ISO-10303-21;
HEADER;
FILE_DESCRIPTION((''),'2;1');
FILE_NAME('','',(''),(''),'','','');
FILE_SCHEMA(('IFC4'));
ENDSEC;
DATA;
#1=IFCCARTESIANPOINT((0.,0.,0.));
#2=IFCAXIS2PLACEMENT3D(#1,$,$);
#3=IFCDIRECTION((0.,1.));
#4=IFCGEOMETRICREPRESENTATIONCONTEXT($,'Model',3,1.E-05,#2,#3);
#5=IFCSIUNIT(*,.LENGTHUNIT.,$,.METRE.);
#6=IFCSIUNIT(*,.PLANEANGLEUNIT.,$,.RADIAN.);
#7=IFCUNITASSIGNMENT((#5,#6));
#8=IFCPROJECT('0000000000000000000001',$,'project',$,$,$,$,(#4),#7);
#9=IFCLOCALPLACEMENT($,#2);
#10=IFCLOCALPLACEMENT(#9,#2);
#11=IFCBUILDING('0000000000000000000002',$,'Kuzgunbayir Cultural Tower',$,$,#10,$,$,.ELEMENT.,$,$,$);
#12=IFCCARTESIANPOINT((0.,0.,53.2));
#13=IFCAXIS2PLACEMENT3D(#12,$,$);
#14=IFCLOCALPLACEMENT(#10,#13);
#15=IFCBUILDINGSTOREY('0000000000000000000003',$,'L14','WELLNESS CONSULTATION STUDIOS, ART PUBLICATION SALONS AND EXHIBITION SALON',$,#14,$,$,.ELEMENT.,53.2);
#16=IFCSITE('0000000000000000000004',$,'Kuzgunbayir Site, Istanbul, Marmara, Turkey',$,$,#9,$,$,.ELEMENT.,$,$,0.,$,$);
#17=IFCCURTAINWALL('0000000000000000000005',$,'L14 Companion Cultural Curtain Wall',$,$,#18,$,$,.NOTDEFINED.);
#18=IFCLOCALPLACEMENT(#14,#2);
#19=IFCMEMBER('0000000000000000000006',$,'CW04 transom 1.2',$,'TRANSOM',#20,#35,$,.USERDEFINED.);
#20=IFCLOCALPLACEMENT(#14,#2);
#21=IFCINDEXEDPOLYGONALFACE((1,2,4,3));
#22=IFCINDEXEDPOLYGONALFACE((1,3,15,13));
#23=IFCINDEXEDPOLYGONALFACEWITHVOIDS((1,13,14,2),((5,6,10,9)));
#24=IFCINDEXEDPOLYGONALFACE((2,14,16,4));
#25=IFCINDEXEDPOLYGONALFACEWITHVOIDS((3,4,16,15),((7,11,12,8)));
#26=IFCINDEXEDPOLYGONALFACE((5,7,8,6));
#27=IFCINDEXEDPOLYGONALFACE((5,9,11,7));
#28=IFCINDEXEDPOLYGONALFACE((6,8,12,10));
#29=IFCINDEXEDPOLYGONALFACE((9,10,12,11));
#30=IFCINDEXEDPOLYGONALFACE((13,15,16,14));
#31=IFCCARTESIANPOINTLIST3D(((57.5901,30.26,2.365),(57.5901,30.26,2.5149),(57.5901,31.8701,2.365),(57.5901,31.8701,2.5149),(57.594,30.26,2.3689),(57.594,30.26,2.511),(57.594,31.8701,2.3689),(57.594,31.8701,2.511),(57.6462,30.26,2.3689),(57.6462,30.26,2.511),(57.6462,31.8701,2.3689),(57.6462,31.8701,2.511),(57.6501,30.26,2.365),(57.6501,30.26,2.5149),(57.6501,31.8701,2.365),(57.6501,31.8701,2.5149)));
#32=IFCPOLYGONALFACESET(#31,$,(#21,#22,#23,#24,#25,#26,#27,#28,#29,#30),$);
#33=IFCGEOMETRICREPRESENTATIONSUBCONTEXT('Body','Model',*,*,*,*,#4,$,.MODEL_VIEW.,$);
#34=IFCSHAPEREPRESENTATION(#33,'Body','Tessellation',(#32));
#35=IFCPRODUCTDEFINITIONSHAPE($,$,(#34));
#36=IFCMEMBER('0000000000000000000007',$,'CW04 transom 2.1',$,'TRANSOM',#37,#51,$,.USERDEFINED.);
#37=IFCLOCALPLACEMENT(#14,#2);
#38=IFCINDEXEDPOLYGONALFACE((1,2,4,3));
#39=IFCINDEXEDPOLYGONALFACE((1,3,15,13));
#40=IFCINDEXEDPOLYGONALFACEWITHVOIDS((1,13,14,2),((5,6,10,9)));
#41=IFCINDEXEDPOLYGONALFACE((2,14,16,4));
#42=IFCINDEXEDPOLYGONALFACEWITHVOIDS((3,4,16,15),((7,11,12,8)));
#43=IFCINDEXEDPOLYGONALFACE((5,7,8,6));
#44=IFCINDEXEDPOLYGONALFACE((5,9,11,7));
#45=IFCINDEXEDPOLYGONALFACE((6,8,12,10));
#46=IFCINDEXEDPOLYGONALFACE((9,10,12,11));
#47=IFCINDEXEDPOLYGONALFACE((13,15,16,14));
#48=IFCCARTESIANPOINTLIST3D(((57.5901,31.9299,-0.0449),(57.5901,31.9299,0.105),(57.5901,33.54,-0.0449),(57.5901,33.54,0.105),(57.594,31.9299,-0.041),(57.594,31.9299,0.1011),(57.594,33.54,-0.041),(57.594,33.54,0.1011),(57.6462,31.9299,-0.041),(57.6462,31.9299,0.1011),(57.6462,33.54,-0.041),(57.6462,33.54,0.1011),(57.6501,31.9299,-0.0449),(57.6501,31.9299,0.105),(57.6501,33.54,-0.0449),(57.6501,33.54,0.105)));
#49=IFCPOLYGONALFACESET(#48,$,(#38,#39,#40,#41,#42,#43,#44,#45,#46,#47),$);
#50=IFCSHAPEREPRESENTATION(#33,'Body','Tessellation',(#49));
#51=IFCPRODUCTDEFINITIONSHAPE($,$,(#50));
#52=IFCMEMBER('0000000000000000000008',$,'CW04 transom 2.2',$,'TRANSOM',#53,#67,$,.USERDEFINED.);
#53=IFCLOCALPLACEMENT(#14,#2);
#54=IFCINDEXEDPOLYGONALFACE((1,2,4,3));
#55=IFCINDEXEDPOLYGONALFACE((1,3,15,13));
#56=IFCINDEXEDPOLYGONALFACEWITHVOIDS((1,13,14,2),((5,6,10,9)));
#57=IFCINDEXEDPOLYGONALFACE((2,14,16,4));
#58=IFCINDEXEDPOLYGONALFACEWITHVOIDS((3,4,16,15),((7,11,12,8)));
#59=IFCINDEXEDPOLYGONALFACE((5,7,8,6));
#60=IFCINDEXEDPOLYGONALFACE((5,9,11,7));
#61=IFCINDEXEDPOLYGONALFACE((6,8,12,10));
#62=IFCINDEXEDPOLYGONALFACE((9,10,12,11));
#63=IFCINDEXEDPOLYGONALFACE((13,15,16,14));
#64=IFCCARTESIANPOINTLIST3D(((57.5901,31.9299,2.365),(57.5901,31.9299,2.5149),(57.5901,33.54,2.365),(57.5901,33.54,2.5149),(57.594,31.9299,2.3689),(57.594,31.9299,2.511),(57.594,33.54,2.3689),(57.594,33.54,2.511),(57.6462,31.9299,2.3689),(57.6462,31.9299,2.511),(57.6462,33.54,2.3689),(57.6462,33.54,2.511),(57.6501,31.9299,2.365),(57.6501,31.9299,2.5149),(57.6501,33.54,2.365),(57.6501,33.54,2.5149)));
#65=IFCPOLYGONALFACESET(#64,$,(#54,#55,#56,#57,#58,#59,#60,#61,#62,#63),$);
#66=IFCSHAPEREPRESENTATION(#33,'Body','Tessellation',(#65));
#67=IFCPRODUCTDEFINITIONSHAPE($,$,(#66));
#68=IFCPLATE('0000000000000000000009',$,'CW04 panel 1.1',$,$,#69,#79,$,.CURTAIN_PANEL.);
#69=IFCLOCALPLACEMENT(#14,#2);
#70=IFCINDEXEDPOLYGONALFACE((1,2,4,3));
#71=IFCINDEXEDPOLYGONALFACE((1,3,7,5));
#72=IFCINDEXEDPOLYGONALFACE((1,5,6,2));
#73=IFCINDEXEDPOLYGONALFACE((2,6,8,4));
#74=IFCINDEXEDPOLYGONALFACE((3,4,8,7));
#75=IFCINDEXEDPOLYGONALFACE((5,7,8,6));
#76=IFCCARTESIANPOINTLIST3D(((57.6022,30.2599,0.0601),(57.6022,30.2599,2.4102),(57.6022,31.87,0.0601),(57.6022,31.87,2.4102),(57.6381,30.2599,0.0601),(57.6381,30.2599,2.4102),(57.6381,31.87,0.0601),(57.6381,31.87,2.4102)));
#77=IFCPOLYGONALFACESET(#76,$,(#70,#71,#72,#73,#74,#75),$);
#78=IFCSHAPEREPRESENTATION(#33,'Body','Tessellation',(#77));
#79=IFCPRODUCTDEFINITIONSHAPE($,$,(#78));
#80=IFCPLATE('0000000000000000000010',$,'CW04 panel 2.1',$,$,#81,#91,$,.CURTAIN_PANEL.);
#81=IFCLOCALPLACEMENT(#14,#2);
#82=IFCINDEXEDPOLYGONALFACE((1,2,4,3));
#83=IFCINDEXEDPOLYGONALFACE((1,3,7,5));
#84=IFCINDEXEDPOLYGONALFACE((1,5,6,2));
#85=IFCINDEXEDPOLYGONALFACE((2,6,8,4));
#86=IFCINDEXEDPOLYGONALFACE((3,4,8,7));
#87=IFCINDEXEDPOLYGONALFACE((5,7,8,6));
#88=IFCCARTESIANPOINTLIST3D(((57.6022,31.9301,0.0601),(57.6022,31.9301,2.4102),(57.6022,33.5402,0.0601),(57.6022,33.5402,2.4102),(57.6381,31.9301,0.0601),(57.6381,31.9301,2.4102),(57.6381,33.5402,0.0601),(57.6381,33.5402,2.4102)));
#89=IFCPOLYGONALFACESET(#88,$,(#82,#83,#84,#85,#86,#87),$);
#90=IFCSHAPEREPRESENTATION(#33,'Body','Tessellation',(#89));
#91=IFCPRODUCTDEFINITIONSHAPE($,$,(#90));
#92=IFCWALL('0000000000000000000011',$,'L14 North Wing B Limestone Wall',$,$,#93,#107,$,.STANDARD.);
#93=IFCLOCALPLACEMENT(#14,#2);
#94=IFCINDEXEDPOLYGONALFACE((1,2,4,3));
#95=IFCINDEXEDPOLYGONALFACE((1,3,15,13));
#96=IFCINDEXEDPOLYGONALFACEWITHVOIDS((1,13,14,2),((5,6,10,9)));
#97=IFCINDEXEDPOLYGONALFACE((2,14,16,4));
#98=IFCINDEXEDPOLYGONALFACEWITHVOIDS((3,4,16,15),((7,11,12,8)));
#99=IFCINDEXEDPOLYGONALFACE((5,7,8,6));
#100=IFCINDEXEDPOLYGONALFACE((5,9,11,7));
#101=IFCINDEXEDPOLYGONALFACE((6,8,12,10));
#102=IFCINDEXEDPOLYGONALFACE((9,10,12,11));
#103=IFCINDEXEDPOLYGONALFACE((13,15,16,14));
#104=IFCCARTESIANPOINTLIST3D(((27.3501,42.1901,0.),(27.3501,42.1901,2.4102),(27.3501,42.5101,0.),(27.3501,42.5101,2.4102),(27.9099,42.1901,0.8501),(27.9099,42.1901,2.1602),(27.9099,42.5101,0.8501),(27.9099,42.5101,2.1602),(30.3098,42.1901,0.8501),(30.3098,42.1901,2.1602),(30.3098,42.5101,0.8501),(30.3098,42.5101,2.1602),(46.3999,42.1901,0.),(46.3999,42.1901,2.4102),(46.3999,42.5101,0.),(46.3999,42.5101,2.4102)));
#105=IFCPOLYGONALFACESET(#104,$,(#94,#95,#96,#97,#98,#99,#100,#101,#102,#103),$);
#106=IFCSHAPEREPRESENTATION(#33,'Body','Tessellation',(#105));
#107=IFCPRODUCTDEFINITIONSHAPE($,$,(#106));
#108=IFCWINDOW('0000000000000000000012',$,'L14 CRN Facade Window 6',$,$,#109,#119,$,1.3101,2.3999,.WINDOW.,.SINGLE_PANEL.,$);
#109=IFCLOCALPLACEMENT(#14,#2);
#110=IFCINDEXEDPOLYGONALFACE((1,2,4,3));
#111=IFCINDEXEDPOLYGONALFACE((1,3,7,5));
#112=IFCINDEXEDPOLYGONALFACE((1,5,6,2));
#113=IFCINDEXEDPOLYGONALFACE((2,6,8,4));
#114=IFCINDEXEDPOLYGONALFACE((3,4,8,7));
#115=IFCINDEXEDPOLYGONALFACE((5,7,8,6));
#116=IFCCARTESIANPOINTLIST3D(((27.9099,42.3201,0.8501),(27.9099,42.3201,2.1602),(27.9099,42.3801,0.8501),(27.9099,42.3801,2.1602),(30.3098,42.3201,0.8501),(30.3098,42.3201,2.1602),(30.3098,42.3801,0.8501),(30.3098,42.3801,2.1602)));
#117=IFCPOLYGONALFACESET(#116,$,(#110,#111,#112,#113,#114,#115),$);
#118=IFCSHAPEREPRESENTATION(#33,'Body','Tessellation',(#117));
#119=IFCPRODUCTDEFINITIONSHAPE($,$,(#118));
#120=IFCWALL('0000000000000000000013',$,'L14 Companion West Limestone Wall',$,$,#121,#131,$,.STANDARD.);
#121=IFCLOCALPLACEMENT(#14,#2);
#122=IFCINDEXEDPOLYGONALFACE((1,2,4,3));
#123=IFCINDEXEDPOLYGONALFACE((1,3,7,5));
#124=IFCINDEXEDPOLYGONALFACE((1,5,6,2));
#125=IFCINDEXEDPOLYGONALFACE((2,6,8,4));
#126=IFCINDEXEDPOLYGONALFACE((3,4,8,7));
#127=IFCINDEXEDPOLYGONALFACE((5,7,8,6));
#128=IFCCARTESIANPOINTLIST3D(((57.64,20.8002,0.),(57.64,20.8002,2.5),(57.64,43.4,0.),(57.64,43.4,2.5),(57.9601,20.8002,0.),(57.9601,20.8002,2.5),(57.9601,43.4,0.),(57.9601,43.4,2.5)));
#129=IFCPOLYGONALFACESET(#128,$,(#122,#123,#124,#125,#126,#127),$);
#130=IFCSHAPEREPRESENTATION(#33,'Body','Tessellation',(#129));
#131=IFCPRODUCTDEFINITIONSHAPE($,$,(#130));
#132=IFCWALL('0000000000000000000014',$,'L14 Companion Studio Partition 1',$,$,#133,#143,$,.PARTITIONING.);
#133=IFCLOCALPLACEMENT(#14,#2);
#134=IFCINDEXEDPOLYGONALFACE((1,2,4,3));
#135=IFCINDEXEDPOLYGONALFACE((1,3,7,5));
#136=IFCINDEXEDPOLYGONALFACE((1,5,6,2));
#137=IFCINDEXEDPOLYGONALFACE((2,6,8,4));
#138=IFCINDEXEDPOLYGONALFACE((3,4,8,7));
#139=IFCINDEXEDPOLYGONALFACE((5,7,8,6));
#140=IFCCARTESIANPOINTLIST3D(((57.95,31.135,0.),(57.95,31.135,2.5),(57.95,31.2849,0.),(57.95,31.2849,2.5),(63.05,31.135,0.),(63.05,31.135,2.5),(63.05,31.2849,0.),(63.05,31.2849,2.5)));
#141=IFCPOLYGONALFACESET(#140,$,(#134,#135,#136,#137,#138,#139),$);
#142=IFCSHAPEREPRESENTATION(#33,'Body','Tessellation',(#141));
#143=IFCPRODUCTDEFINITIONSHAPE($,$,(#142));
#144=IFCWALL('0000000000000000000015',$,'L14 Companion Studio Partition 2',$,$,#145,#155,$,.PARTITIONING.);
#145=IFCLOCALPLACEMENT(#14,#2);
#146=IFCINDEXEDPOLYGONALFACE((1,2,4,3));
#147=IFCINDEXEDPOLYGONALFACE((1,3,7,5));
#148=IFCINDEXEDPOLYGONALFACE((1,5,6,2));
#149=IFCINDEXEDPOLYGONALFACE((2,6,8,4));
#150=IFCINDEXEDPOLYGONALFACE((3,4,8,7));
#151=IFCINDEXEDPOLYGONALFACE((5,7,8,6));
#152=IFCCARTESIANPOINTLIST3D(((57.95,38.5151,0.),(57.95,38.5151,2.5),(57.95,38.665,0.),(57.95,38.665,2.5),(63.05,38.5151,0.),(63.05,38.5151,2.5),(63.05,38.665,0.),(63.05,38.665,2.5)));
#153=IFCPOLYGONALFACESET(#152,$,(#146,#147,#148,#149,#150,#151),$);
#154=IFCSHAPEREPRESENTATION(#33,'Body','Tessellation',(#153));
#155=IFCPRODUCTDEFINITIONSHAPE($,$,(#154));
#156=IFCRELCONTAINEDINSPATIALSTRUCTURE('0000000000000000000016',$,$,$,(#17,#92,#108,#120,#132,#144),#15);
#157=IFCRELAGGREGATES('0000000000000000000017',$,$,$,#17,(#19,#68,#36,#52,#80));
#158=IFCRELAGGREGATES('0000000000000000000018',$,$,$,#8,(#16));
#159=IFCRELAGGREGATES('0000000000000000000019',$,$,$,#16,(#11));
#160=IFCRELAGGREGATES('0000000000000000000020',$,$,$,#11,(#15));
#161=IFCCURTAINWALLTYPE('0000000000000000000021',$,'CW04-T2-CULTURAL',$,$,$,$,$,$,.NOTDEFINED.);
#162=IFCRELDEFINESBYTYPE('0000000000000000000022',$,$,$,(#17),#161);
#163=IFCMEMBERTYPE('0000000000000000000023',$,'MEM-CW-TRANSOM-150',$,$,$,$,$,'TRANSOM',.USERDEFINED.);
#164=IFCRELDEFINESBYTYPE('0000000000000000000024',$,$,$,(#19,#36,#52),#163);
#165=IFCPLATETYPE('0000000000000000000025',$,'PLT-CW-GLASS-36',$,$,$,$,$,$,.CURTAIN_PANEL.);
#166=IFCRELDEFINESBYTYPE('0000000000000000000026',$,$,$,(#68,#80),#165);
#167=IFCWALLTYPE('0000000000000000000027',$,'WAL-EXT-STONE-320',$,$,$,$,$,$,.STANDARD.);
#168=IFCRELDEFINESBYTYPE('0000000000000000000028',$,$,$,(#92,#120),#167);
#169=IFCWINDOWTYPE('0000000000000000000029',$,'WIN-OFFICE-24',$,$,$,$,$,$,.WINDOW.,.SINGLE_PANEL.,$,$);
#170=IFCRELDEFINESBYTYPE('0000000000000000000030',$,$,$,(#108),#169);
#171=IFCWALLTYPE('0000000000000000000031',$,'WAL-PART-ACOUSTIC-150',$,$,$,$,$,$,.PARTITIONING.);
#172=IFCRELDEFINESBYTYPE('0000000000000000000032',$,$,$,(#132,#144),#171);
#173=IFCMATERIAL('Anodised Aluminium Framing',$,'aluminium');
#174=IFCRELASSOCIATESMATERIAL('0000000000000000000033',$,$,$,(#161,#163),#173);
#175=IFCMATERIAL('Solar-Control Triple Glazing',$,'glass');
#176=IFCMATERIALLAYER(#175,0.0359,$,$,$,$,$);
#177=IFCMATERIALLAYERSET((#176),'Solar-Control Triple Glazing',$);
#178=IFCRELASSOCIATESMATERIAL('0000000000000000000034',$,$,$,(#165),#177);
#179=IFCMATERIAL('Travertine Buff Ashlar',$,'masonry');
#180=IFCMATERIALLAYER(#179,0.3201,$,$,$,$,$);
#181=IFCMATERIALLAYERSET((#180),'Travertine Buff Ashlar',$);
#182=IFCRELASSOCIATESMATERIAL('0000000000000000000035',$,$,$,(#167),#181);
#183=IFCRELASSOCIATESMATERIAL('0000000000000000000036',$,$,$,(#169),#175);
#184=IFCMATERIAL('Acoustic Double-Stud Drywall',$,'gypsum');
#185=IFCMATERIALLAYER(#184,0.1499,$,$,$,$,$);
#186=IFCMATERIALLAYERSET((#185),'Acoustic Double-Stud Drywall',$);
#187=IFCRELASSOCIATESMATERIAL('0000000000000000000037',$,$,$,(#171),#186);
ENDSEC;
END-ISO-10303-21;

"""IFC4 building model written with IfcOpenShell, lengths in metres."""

from ifc_helpers import new_model, si_unit, direction, frame, frame_2d, origin, origin_2d, place, context, subcontext, project, spatial, rectangle, hollow_rectangle, extrude, material, layer, layer_set, material_profile, profile_set, type_object, element, fill, aggregate, save


model = new_model("IFC4")

# Units and contexts
model_context = context("Model", 3, precision=1e-05, world=origin(), true_north=direction((0.0, 1.0)))
body_context = subcontext(model_context, "Body", "Model", "MODEL_VIEW")
ifc_project = project(units=[si_unit("LENGTHUNIT", "METRE"), si_unit("PLANEANGLEUNIT", "RADIAN")], contexts=[model_context])

# Site, building, storey
site_placement = place(None, origin())
site = spatial("IfcSite", under=ifc_project, at=site_placement, Name="Kuzgunbayir Site, Istanbul, Marmara, Turkey", CompositionType="ELEMENT", RefElevation=0.0)
building_placement = place(site_placement, origin())
building = spatial("IfcBuilding", under=site, at=building_placement, Name="Kuzgunbayir Cultural Tower", CompositionType="ELEMENT")
storey_placement = place(building_placement, frame((0.0, 0.0, 53.2)))
storey = spatial("IfcBuildingStorey", under=building, at=storey_placement, Name="L14", Description="WELLNESS CONSULTATION STUDIOS, ART PUBLICATION SALONS AND EXHIBITION SALON", CompositionType="ELEMENT", Elevation=53.2)

# Curtain wall, members, plates
ifc_material_1 = material(Name="Anodised Aluminium Framing", Category="aluminium")
curtain_wall_type = type_object("IfcCurtainWallType", Name="CW04-T2-CULTURAL", PredefinedType="NOTDEFINED", material=ifc_material_1)
curtain_wall_placement = place(storey_placement, origin())
curtain_wall = element("IfcCurtainWall", 1, at=curtain_wall_placement, inside=storey, type_object=curtain_wall_type, Name="L14 Companion Cultural Curtain Wall", PredefinedType="NOTDEFINED")
ifc_material_profile_1 = material_profile(ifc_material_1, hollow_rectangle(XDim=0.0601, YDim=0.1499, WallThickness=0.0039, at=origin_2d()), Name="RHS 150x60x4")
ifc_profile_set_1 = profile_set([ifc_material_profile_1], Name="Anodised Aluminium Framing")
member_type_1 = type_object("IfcMemberType", Name="MEM-CW-TRANSOM-150", ElementType="TRANSOM", PredefinedType="USERDEFINED", material=ifc_profile_set_1)
member_1_placement = place(storey_placement, frame((57.6201, 30.26, 2.4399), z_axis=(0.0, 1.0, 0.0), x_axis=(-1.0, 0.0, 0.0)))
member_1 = element("IfcMember", 2, at=member_1_placement, type_object=member_type_1, Name="CW04 transom 1.2", ObjectType="TRANSOM", PredefinedType="USERDEFINED", context=body_context, shape_type="SweptSolid", body=[
    extrude(hollow_rectangle(XDim=0.0601, YDim=0.1499, WallThickness=0.0039, at=origin_2d()), origin(), (0.0, 0.0, 1.0), 1.6101),
])
member_2_placement = place(storey_placement, frame((57.6201, 31.9299, 0.03), z_axis=(0.0, 1.0, 0.0), x_axis=(-1.0, 0.0, 0.0)))
member_2 = element("IfcMember", 3, at=member_2_placement, type_object=member_type_1, Name="CW04 transom 2.1", ObjectType="TRANSOM", PredefinedType="USERDEFINED", context=body_context, shape_type="SweptSolid", body=[
    extrude(hollow_rectangle(XDim=0.0601, YDim=0.1499, WallThickness=0.0039, at=origin_2d()), origin(), (0.0, 0.0, 1.0), 1.6101),
])
member_3_placement = place(storey_placement, frame((57.6201, 31.9299, 2.4399), z_axis=(0.0, 1.0, 0.0), x_axis=(-1.0, 0.0, 0.0)))
member_3 = element("IfcMember", 4, at=member_3_placement, type_object=member_type_1, Name="CW04 transom 2.2", ObjectType="TRANSOM", PredefinedType="USERDEFINED", context=body_context, shape_type="SweptSolid", body=[
    extrude(hollow_rectangle(XDim=0.0601, YDim=0.1499, WallThickness=0.0039, at=origin_2d()), origin(), (0.0, 0.0, 1.0), 1.6101),
])
ifc_material_2 = material(Name="Solar-Control Triple Glazing", Category="glass")
ifc_layer_1 = layer(ifc_material_2, 0.0359)
ifc_layer_set_1 = layer_set([ifc_layer_1], Name="Solar-Control Triple Glazing")
plate_type = type_object("IfcPlateType", Name="PLT-CW-GLASS-36", PredefinedType="CURTAIN_PANEL", material=ifc_layer_set_1)
plate_1_placement = place(storey_placement, frame((57.6201, 31.0649, 0.0601), z_axis=(0.0, 0.0, 1.0), x_axis=(0.0, 1.0, 0.0)))
plate_1 = element("IfcPlate", 5, at=plate_1_placement, type_object=plate_type, Name="CW04 panel 1.1", PredefinedType="CURTAIN_PANEL", context=body_context, shape_type="SweptSolid", body=[
    extrude(rectangle(XDim=1.6101, YDim=0.0359, at=origin_2d()), origin(), (0.0, 0.0, 1.0), 2.3501),
])
plate_2_placement = place(storey_placement, frame((57.6201, 32.7351, 0.0601), z_axis=(0.0, 0.0, 1.0), x_axis=(0.0, 1.0, 0.0)))
plate_2 = element("IfcPlate", 6, at=plate_2_placement, type_object=plate_type, Name="CW04 panel 2.1", PredefinedType="CURTAIN_PANEL", context=body_context, shape_type="SweptSolid", body=[
    extrude(rectangle(XDim=1.6101, YDim=0.0359, at=origin_2d()), origin(), (0.0, 0.0, 1.0), 2.3501),
])
aggregate(curtain_wall, [member_1, plate_1, member_2, member_3, plate_2])

# Wall, opening, window
ifc_material_3 = material(Name="Travertine Buff Ashlar", Category="masonry")
ifc_layer_2 = layer(ifc_material_3, 0.3201)
ifc_layer_set_2 = layer_set([ifc_layer_2], Name="Travertine Buff Ashlar")
wall_type_1 = type_object("IfcWallType", Name="WAL-EXT-STONE-320", PredefinedType="STANDARD", material=ifc_layer_set_2)
wall_1_placement = place(storey_placement, frame((46.3999, 42.3501, 0.0), z_axis=(0.0, 0.0, 1.0), x_axis=(-1.0, 0.0, 0.0)))
wall_1 = element("IfcWall", 7, at=wall_1_placement, inside=storey, type_object=wall_type_1, Name="L14 North Wing B Limestone Wall", PredefinedType="STANDARD", context=body_context, shape_type="SweptSolid", body=[
    extrude(rectangle(XDim=19.0498, YDim=0.3201, at=frame_2d((9.5249, 0.0))), origin(), (0.0, 0.0, 1.0), 2.4102),
])
opening_placement = place(wall_1_placement, frame((16.0901, 0.0, 0.8501)))
opening = element("IfcOpeningElement", 8, at=opening_placement, cuts=wall_1, PredefinedType="OPENING", context=body_context, shape_type="SweptSolid", body=[
    extrude(rectangle(XDim=2.3999, YDim=1.3101, at=frame_2d((1.2, 0.655))), frame((0.0, 0.1699, 0.0), z_axis=(0.0, -1.0, 0.0), x_axis=(1.0, 0.0, 0.0)), (0.0, 0.0, 1.0), 0.3401),
])
window_type = type_object("IfcWindowType", Name="WIN-OFFICE-24", PartitioningType="SINGLE_PANEL", PredefinedType="WINDOW", material=ifc_material_2)
window_placement = place(opening_placement, origin())
window = element("IfcWindow", 9, at=window_placement, inside=storey, type_object=window_type, Name="L14 CRN Facade Window 6", OverallHeight=1.3101, OverallWidth=2.3999, PartitioningType="SINGLE_PANEL", PredefinedType="WINDOW", context=body_context, shape_type="SweptSolid", body=[
    extrude(rectangle(XDim=2.3999, YDim=1.3101, at=frame_2d((1.2, 0.655))), frame((0.0, 0.03, 0.0), z_axis=(0.0, -1.0, 0.0), x_axis=(1.0, 0.0, 0.0)), (0.0, 0.0, 1.0), 0.0601),
])
fill(opening, window)

# Walls
wall_2_placement = place(storey_placement, frame((57.8, 43.3999, 0.0), z_axis=(0.0, 0.0, 1.0), x_axis=(0.0, -1.0, 0.0)))
element("IfcWall", 10, at=wall_2_placement, inside=storey, type_object=wall_type_1, Name="L14 Companion West Limestone Wall", PredefinedType="STANDARD", context=body_context, shape_type="SweptSolid", body=[
    extrude(rectangle(XDim=22.5999, YDim=0.3201, at=frame_2d((11.2998, 0.0))), origin(), (0.0, 0.0, 1.0), 2.5),
])
ifc_material_4 = material(Name="Acoustic Double-Stud Drywall", Category="gypsum")
ifc_layer_3 = layer(ifc_material_4, 0.1499)
ifc_layer_set_3 = layer_set([ifc_layer_3], Name="Acoustic Double-Stud Drywall")
wall_type_2 = type_object("IfcWallType", Name="WAL-PART-ACOUSTIC-150", PredefinedType="PARTITIONING", material=ifc_layer_set_3)
for number, where, z_axis, x_axis, name in (
    (11, (57.95, 31.21, 0.0), (0.0, 0.0, 1.0), (1.0, 0.0, 0.0), "L14 Companion Studio Partition 1"),
    (12, (57.95, 38.5901, 0.0), (0.0, 0.0, 1.0), (1.0, 0.0, 0.0), "L14 Companion Studio Partition 2"),
):
    element("IfcWall", number, at=place(storey_placement, frame(where, z_axis=z_axis, x_axis=x_axis)), inside=storey, type_object=wall_type_2, Name=name, PredefinedType="PARTITIONING", context=body_context, shape_type="SweptSolid", body=[
        extrude(rectangle(XDim=5.1001, YDim=0.1499, at=frame_2d((2.55, 0.0))), origin(), (0.0, 0.0, 1.0), 2.5),
    ])

save(model, "model.ifc")
